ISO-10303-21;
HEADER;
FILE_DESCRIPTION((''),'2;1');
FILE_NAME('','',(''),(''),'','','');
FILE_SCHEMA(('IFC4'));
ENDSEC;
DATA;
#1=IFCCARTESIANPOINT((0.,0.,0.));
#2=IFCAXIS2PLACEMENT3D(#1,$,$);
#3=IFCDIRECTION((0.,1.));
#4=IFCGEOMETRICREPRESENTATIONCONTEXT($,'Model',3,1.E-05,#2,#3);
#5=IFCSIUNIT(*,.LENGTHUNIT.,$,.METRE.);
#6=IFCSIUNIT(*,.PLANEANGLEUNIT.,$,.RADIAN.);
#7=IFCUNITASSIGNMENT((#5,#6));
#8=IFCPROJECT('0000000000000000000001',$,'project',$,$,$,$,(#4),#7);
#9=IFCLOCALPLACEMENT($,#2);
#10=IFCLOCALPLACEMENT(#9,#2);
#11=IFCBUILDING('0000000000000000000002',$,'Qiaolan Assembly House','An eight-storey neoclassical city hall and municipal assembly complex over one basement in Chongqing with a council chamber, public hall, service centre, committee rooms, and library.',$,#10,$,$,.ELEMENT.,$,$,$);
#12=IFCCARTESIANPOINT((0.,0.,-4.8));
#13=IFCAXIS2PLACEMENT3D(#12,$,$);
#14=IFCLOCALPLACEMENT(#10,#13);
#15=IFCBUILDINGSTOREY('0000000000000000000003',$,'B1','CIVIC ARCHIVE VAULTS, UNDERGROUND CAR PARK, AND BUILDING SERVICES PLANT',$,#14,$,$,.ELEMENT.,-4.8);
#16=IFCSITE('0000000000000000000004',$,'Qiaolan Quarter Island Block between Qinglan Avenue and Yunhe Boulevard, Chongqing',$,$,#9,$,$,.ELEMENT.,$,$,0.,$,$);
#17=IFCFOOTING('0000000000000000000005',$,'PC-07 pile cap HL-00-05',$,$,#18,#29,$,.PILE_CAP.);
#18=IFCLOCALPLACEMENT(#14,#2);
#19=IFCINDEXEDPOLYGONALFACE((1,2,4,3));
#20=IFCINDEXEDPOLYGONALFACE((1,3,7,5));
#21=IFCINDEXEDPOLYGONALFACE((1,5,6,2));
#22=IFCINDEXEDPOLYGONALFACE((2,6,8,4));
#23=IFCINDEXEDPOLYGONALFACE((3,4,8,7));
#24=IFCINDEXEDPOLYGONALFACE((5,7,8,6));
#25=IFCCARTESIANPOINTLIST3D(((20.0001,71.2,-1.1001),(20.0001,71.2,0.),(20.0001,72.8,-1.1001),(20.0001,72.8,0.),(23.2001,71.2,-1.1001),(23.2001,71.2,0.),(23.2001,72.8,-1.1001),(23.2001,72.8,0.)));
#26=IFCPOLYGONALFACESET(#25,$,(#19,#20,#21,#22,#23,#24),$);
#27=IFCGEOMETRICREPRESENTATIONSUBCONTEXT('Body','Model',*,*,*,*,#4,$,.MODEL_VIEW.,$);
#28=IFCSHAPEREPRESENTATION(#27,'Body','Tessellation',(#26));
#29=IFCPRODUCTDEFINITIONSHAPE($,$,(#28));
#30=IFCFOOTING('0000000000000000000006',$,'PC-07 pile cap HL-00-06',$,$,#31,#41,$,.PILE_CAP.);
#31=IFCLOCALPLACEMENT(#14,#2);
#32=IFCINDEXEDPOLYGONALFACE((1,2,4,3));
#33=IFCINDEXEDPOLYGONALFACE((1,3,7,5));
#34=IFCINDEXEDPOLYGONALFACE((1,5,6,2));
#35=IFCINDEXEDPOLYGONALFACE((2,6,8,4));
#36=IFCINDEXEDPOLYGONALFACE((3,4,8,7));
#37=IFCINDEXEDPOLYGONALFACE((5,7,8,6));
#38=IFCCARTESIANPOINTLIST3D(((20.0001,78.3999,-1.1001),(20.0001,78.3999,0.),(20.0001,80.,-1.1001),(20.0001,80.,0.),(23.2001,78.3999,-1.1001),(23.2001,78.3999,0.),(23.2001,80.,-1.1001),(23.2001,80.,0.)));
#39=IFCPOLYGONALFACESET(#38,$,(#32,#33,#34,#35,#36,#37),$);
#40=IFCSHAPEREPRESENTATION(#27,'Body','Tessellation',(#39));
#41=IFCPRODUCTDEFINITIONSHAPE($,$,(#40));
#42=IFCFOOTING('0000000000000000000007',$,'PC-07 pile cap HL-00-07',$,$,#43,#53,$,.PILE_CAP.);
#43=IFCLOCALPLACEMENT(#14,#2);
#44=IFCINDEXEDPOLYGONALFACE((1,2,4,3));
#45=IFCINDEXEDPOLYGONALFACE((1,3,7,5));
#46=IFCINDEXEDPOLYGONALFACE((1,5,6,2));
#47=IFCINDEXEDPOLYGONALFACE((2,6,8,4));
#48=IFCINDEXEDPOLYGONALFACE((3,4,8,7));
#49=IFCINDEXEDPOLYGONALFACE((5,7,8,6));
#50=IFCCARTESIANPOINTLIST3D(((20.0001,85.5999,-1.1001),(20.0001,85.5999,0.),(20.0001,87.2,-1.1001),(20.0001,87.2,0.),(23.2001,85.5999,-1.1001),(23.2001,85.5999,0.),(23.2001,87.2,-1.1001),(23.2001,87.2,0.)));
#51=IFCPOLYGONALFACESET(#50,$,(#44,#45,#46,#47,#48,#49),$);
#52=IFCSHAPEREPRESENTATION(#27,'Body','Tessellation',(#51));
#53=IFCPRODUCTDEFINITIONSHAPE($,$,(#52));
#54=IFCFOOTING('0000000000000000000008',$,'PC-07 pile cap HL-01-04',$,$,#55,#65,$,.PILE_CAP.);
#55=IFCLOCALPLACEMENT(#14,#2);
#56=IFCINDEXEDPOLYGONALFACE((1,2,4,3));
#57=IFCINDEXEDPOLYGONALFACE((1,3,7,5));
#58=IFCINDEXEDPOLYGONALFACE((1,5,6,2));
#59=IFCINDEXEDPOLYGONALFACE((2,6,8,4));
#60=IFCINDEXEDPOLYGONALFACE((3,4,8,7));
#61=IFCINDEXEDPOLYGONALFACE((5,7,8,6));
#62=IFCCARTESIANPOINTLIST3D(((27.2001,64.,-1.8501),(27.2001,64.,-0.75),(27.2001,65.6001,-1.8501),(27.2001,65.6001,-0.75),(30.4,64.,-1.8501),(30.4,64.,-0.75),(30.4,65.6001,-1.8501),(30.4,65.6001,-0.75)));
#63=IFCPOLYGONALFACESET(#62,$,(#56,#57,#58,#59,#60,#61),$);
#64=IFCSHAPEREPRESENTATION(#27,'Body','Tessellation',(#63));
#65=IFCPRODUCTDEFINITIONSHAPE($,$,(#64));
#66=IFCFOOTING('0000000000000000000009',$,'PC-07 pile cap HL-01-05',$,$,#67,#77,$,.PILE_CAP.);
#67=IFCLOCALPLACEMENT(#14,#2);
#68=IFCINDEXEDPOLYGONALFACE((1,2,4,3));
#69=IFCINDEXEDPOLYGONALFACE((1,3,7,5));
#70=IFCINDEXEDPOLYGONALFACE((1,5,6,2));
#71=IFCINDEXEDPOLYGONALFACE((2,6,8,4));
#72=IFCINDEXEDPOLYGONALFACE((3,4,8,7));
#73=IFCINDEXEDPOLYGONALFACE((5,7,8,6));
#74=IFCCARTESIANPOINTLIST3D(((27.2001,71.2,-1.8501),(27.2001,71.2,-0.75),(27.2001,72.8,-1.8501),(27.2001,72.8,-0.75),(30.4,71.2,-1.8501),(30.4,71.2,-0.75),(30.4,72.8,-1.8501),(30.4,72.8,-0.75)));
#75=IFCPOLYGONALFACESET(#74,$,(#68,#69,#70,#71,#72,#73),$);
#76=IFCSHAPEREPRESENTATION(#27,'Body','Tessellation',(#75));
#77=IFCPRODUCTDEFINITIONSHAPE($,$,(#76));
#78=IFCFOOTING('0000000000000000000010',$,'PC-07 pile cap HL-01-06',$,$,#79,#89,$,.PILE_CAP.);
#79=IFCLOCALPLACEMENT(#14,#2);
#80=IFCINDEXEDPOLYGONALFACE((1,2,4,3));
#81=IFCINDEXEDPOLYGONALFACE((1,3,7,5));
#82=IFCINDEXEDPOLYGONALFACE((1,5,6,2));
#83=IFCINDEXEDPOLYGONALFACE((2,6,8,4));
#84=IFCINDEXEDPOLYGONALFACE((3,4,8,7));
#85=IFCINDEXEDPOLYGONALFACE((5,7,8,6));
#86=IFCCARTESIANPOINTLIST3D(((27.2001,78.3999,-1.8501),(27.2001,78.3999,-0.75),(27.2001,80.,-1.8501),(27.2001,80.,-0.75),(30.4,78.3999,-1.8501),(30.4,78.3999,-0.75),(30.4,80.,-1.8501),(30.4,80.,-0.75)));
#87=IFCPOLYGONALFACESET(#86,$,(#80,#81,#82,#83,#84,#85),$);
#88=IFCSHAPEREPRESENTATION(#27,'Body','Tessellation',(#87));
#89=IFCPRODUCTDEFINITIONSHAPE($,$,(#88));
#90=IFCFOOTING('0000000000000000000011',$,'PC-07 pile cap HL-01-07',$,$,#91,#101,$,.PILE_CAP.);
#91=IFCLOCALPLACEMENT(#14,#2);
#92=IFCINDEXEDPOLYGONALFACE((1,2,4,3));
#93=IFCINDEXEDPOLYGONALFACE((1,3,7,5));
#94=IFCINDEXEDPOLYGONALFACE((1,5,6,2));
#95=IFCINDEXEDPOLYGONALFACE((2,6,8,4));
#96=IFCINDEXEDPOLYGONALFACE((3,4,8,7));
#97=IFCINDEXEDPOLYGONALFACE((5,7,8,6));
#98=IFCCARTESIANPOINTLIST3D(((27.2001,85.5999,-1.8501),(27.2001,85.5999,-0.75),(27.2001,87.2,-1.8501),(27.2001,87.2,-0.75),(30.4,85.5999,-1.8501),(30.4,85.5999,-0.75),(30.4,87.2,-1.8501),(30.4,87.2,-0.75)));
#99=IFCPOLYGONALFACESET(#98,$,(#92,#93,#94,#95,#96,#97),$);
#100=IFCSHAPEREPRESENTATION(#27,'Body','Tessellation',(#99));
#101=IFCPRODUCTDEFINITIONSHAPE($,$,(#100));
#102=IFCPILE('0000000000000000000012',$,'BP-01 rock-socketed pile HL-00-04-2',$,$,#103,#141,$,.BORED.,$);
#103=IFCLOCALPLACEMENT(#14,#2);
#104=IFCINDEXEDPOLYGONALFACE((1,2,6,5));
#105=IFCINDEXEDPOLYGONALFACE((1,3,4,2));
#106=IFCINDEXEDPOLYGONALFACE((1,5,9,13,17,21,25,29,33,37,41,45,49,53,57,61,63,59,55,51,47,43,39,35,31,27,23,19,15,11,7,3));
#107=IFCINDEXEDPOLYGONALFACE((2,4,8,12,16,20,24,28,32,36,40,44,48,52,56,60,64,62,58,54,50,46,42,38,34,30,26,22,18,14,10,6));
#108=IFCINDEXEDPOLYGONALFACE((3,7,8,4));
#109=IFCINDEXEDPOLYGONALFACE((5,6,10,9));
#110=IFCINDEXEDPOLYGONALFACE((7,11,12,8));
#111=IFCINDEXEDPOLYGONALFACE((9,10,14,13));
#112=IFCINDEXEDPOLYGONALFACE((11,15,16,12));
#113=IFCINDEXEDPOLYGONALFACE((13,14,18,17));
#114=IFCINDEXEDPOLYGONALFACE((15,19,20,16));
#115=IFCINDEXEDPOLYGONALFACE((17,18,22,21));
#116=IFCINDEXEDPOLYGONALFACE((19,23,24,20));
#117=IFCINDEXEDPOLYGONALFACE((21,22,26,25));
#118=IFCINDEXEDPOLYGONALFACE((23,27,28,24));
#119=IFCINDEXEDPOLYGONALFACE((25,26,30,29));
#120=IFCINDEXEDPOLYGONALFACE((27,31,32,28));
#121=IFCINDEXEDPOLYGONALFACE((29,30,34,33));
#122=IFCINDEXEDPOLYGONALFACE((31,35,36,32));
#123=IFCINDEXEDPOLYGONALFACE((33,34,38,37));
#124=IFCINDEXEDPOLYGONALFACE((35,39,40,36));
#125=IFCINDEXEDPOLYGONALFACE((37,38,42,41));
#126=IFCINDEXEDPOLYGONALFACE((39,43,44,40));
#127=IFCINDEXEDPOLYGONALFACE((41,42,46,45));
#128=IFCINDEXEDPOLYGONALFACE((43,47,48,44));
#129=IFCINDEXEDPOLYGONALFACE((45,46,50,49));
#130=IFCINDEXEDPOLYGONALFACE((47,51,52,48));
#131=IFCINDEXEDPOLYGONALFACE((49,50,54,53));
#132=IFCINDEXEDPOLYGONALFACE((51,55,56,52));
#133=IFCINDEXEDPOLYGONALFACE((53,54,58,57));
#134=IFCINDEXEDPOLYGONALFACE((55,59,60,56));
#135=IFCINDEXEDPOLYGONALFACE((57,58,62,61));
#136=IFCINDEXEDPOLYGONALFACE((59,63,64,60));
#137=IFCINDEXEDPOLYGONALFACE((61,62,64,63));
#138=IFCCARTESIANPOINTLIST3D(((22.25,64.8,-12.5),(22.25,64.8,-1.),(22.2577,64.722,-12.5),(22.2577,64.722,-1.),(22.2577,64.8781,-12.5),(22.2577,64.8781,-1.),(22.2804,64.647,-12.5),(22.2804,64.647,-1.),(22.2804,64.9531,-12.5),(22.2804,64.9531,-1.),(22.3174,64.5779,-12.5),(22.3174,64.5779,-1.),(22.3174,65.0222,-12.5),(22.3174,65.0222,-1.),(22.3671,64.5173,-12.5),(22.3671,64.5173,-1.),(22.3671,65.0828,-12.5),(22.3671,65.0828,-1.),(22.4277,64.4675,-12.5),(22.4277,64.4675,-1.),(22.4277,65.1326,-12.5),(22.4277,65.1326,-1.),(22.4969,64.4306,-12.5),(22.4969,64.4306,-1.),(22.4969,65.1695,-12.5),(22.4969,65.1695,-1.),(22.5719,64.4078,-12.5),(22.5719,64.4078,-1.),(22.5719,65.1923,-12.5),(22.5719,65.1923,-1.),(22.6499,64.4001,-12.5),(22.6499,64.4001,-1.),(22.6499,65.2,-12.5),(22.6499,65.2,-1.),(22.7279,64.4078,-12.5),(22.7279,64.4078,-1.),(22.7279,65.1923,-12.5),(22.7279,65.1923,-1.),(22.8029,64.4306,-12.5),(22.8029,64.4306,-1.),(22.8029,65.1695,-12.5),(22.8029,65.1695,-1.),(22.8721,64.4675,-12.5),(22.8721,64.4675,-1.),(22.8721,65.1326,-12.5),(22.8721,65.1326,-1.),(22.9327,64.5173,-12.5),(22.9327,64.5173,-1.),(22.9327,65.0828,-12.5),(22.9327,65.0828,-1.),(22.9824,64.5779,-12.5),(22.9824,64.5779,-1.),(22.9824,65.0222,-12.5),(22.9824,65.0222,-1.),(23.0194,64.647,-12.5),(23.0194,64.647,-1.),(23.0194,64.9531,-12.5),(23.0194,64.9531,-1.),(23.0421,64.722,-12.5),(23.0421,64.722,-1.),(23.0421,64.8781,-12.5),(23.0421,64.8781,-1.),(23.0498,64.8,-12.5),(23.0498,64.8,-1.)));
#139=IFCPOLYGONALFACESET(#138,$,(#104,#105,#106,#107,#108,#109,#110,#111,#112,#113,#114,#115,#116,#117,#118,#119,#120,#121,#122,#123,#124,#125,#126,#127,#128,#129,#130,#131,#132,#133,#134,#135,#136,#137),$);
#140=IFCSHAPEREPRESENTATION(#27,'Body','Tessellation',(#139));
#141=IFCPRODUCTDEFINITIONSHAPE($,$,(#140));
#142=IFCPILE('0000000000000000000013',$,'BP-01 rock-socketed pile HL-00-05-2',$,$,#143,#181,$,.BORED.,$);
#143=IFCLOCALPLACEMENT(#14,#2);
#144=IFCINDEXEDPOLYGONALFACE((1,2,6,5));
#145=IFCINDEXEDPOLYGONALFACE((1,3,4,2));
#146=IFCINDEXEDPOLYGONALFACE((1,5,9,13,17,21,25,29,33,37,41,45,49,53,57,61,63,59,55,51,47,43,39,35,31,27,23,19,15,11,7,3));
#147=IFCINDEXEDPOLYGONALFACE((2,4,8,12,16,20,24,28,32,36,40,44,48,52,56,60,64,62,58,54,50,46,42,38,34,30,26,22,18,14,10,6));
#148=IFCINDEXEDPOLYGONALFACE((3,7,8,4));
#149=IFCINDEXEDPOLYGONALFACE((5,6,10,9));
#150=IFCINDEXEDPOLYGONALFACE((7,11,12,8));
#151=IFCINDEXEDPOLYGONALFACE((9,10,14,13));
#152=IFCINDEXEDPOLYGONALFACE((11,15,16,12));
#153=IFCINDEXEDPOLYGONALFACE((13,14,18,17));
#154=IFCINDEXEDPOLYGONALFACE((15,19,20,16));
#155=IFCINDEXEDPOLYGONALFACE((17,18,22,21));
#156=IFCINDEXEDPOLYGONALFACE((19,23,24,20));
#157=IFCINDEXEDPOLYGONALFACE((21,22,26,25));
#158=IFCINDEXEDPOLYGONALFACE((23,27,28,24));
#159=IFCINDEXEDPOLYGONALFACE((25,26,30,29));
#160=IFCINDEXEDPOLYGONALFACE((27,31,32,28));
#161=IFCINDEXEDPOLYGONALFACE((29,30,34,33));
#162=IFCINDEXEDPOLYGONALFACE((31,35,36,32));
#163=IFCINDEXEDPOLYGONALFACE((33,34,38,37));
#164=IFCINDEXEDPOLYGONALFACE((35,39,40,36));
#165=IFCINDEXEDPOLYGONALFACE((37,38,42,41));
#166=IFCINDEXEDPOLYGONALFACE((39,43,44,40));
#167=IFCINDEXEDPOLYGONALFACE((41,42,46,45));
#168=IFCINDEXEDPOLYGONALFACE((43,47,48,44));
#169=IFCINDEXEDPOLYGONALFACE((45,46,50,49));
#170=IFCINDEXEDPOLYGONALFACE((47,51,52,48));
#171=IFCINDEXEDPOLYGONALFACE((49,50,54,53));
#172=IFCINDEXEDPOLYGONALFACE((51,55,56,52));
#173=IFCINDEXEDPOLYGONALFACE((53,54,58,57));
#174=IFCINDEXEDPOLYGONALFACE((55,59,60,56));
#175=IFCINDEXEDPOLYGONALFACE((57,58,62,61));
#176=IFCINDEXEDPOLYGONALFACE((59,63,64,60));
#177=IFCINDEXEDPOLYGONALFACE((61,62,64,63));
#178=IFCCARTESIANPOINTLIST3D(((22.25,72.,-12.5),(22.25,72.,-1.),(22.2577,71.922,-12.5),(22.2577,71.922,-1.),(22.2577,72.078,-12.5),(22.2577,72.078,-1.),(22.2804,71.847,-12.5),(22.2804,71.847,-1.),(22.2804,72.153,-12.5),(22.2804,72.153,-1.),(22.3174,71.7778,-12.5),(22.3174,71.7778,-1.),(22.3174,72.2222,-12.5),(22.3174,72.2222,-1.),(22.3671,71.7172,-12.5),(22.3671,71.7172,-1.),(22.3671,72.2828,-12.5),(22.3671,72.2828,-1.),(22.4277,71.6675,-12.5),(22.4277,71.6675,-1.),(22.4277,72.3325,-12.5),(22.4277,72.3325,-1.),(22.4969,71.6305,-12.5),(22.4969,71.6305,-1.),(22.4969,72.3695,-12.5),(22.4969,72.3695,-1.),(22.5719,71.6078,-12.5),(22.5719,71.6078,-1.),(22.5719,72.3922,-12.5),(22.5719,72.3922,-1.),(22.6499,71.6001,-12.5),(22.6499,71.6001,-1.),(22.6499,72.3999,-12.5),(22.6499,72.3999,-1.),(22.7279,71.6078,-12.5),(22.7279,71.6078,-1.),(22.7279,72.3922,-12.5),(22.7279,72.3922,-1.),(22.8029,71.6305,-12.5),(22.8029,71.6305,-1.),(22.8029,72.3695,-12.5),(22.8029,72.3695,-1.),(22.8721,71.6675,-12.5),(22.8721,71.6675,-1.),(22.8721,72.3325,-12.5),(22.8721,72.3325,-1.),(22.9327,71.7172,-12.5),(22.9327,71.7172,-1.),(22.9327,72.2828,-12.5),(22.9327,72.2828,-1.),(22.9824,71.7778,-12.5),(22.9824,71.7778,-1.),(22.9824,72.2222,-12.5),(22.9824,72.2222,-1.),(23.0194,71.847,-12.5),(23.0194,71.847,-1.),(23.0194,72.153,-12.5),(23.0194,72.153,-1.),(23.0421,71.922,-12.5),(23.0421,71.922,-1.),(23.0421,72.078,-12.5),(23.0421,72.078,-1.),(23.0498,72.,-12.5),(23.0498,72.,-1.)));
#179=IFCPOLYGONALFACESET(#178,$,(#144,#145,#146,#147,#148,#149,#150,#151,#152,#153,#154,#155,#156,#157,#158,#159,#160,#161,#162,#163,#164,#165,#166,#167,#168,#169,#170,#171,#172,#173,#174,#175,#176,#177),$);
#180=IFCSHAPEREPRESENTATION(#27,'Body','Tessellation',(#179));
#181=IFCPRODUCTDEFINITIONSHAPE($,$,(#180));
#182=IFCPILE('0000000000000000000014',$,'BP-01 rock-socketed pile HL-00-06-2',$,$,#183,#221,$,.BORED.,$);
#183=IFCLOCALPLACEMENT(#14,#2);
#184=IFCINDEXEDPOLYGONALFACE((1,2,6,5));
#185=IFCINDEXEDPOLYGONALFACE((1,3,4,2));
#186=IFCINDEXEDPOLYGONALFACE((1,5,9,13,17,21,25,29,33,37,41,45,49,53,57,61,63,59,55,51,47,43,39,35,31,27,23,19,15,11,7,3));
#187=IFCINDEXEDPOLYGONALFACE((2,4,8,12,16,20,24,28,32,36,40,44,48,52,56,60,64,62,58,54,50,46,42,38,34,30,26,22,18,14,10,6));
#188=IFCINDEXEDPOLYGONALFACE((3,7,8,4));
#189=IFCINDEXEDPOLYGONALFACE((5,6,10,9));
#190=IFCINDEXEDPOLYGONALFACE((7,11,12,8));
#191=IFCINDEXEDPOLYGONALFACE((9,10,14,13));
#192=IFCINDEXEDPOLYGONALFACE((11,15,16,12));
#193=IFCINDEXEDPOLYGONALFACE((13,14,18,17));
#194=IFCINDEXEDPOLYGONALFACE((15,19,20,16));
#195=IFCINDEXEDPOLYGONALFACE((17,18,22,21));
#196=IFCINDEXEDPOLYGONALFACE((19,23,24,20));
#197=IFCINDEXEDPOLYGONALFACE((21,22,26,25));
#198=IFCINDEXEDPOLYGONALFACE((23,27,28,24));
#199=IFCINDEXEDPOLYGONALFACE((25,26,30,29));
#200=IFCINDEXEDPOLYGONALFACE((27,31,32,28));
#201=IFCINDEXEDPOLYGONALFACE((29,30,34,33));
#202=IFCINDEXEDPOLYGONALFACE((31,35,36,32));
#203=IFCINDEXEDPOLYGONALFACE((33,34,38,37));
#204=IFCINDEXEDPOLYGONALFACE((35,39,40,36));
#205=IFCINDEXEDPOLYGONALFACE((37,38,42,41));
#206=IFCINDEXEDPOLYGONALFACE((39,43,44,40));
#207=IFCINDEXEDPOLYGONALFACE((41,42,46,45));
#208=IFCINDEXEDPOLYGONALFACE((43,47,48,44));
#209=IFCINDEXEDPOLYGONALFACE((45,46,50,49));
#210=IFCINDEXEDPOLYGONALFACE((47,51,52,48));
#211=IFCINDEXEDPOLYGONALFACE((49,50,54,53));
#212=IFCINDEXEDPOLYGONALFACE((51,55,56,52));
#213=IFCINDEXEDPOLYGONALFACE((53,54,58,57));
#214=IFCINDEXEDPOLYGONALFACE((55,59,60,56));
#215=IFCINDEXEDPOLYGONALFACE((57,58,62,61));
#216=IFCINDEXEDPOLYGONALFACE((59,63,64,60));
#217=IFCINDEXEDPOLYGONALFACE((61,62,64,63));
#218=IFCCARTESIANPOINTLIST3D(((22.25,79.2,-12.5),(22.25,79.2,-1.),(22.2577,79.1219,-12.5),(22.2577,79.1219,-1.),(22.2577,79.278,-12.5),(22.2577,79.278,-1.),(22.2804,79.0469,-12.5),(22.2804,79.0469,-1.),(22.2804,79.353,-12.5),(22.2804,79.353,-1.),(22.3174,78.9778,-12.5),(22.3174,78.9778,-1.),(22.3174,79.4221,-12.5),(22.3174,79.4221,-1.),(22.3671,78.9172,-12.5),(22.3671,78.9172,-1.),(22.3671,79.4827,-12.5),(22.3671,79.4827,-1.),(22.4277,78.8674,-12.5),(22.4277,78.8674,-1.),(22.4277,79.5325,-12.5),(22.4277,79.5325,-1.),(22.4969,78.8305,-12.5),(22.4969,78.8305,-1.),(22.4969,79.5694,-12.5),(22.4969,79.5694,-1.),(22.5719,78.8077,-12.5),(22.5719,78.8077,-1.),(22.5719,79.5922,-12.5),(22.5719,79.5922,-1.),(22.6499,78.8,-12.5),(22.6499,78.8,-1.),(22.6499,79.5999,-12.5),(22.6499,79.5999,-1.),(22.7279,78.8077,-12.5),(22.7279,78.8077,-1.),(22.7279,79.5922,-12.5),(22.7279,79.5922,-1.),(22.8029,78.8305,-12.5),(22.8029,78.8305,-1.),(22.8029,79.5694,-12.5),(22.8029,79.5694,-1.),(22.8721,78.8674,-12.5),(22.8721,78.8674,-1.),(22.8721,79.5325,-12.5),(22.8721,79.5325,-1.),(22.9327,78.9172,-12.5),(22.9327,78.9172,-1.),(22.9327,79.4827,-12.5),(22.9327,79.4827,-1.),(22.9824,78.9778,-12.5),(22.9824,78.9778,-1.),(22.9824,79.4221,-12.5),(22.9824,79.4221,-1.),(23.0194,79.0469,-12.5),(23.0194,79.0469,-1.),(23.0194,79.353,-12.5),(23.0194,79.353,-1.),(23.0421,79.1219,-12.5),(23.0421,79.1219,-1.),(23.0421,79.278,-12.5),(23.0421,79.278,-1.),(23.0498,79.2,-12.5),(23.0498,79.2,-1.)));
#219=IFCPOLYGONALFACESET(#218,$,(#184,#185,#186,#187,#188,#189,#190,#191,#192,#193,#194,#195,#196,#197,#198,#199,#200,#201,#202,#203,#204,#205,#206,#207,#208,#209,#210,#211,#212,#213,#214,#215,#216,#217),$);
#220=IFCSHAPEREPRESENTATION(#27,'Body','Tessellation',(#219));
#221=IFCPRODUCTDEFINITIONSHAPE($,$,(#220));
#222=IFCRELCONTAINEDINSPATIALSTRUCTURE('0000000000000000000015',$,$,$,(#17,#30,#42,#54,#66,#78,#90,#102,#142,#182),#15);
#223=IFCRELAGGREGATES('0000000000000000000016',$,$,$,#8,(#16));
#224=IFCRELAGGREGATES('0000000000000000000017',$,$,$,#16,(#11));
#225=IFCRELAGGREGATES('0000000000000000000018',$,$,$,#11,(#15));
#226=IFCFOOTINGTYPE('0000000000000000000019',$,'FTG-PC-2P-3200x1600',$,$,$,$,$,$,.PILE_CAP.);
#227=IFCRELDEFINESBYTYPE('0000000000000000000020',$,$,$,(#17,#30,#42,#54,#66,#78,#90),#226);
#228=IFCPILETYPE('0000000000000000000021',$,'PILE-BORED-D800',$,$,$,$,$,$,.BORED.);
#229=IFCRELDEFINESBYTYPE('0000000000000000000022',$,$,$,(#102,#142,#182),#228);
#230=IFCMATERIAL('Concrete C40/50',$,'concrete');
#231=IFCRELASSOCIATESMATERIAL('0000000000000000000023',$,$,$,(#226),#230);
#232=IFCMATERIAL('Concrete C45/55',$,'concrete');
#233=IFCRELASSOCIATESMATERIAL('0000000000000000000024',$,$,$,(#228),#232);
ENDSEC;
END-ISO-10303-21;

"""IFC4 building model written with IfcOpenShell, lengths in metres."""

from ifc_helpers import new_model, si_unit, direction, frame, origin, origin_2d, place, context, subcontext, project, spatial, rectangle, circle, extrude, material, material_profile, profile_set, type_object, element, save


model = new_model("IFC4")

# Units and contexts
model_context = context("Model", 3, precision=1e-05, world=origin(), true_north=direction((0.0, 1.0)))
body_context = subcontext(model_context, "Body", "Model", "MODEL_VIEW")
ifc_project = project(units=[si_unit("LENGTHUNIT", "METRE"), si_unit("PLANEANGLEUNIT", "RADIAN")], contexts=[model_context])

# Site, building, storey
site_placement = place(None, origin())
site = spatial("IfcSite", under=ifc_project, at=site_placement, Name="Qiaolan Quarter Island Block between Qinglan Avenue and Yunhe Boulevard, Chongqing", CompositionType="ELEMENT", RefElevation=0.0)
building_placement = place(site_placement, origin())
building = spatial("IfcBuilding", under=site, at=building_placement, Name="Qiaolan Assembly House", Description="An eight-storey neoclassical city hall and municipal assembly complex over one basement in Chongqing with a council chamber, public hall, service centre, committee rooms, and library.", CompositionType="ELEMENT")
storey_placement = place(building_placement, frame((0.0, 0.0, -4.8)))
storey = spatial("IfcBuildingStorey", under=building, at=storey_placement, Name="B1", Description="CIVIC ARCHIVE VAULTS, UNDERGROUND CAR PARK, AND BUILDING SERVICES PLANT", CompositionType="ELEMENT", Elevation=-4.8)

# Footings
ifc_material_1 = material(Name="Concrete C40/50", Category="concrete")
footing_type = type_object("IfcFootingType", Name="FTG-PC-2P-3200x1600", PredefinedType="PILE_CAP", material=ifc_material_1)
for number, where, z_axis, x_axis, name in (
    (1, (21.6001, 72.0, -1.1001), (0.0, 0.0, 1.0), (1.0, 0.0, 0.0), "PC-07 pile cap HL-00-05"),
    (2, (21.6001, 79.2, -1.1001), (0.0, 0.0, 1.0), (1.0, 0.0, 0.0), "PC-07 pile cap HL-00-06"),
    (3, (21.6001, 86.3999, -1.1001), (0.0, 0.0, 1.0), (1.0, 0.0, 0.0), "PC-07 pile cap HL-00-07"),
    (4, (28.8, 64.8, -1.8501), (0.0, 0.0, 1.0), (1.0, 0.0, 0.0), "PC-07 pile cap HL-01-04"),
    (5, (28.8, 72.0, -1.8501), (0.0, 0.0, 1.0), (1.0, 0.0, 0.0), "PC-07 pile cap HL-01-05"),
    (6, (28.8, 79.2, -1.8501), (0.0, 0.0, 1.0), (1.0, 0.0, 0.0), "PC-07 pile cap HL-01-06"),
    (7, (28.8, 86.3999, -1.8501), (0.0, 0.0, 1.0), (1.0, 0.0, 0.0), "PC-07 pile cap HL-01-07"),
):
    element("IfcFooting", number, at=place(storey_placement, frame(where, z_axis=z_axis, x_axis=x_axis)), inside=storey, type_object=footing_type, Name=name, PredefinedType="PILE_CAP", context=body_context, shape_type="SweptSolid", body=[
        extrude(rectangle(XDim=3.2, YDim=1.6001, at=origin_2d()), origin(), (0.0, 0.0, 1.0), 1.1001),
    ])

# Piles
ifc_material_2 = material(Name="Concrete C45/55", Category="concrete")
ifc_material_profile_1 = material_profile(ifc_material_2, circle(Radius=0.3999, at=origin_2d()), Name="PILE D800")
ifc_profile_set_1 = profile_set([ifc_material_profile_1], Name="Concrete C45/55")
pile_type = type_object("IfcPileType", Name="PILE-BORED-D800", PredefinedType="BORED", material=ifc_profile_set_1)
for number, where, z_axis, x_axis, name in (
    (8, (22.6499, 64.8, -1.0), (0.0, 0.0, -1.0), (1.0, 0.0, 0.0), "BP-01 rock-socketed pile HL-00-04-2"),
    (9, (22.6499, 72.0, -1.0), (0.0, 0.0, -1.0), (1.0, 0.0, 0.0), "BP-01 rock-socketed pile HL-00-05-2"),
    (10, (22.6499, 79.2, -1.0), (0.0, 0.0, -1.0), (1.0, 0.0, 0.0), "BP-01 rock-socketed pile HL-00-06-2"),
):
    element("IfcPile", number, at=place(storey_placement, frame(where, z_axis=z_axis, x_axis=x_axis)), inside=storey, type_object=pile_type, Name=name, PredefinedType="BORED", context=body_context, shape_type="SweptSolid", body=[
        extrude(circle(Radius=0.3999, at=origin_2d()), origin(), (0.0, 0.0, 1.0), 11.5),
    ])

save(model, "model.ifc")
